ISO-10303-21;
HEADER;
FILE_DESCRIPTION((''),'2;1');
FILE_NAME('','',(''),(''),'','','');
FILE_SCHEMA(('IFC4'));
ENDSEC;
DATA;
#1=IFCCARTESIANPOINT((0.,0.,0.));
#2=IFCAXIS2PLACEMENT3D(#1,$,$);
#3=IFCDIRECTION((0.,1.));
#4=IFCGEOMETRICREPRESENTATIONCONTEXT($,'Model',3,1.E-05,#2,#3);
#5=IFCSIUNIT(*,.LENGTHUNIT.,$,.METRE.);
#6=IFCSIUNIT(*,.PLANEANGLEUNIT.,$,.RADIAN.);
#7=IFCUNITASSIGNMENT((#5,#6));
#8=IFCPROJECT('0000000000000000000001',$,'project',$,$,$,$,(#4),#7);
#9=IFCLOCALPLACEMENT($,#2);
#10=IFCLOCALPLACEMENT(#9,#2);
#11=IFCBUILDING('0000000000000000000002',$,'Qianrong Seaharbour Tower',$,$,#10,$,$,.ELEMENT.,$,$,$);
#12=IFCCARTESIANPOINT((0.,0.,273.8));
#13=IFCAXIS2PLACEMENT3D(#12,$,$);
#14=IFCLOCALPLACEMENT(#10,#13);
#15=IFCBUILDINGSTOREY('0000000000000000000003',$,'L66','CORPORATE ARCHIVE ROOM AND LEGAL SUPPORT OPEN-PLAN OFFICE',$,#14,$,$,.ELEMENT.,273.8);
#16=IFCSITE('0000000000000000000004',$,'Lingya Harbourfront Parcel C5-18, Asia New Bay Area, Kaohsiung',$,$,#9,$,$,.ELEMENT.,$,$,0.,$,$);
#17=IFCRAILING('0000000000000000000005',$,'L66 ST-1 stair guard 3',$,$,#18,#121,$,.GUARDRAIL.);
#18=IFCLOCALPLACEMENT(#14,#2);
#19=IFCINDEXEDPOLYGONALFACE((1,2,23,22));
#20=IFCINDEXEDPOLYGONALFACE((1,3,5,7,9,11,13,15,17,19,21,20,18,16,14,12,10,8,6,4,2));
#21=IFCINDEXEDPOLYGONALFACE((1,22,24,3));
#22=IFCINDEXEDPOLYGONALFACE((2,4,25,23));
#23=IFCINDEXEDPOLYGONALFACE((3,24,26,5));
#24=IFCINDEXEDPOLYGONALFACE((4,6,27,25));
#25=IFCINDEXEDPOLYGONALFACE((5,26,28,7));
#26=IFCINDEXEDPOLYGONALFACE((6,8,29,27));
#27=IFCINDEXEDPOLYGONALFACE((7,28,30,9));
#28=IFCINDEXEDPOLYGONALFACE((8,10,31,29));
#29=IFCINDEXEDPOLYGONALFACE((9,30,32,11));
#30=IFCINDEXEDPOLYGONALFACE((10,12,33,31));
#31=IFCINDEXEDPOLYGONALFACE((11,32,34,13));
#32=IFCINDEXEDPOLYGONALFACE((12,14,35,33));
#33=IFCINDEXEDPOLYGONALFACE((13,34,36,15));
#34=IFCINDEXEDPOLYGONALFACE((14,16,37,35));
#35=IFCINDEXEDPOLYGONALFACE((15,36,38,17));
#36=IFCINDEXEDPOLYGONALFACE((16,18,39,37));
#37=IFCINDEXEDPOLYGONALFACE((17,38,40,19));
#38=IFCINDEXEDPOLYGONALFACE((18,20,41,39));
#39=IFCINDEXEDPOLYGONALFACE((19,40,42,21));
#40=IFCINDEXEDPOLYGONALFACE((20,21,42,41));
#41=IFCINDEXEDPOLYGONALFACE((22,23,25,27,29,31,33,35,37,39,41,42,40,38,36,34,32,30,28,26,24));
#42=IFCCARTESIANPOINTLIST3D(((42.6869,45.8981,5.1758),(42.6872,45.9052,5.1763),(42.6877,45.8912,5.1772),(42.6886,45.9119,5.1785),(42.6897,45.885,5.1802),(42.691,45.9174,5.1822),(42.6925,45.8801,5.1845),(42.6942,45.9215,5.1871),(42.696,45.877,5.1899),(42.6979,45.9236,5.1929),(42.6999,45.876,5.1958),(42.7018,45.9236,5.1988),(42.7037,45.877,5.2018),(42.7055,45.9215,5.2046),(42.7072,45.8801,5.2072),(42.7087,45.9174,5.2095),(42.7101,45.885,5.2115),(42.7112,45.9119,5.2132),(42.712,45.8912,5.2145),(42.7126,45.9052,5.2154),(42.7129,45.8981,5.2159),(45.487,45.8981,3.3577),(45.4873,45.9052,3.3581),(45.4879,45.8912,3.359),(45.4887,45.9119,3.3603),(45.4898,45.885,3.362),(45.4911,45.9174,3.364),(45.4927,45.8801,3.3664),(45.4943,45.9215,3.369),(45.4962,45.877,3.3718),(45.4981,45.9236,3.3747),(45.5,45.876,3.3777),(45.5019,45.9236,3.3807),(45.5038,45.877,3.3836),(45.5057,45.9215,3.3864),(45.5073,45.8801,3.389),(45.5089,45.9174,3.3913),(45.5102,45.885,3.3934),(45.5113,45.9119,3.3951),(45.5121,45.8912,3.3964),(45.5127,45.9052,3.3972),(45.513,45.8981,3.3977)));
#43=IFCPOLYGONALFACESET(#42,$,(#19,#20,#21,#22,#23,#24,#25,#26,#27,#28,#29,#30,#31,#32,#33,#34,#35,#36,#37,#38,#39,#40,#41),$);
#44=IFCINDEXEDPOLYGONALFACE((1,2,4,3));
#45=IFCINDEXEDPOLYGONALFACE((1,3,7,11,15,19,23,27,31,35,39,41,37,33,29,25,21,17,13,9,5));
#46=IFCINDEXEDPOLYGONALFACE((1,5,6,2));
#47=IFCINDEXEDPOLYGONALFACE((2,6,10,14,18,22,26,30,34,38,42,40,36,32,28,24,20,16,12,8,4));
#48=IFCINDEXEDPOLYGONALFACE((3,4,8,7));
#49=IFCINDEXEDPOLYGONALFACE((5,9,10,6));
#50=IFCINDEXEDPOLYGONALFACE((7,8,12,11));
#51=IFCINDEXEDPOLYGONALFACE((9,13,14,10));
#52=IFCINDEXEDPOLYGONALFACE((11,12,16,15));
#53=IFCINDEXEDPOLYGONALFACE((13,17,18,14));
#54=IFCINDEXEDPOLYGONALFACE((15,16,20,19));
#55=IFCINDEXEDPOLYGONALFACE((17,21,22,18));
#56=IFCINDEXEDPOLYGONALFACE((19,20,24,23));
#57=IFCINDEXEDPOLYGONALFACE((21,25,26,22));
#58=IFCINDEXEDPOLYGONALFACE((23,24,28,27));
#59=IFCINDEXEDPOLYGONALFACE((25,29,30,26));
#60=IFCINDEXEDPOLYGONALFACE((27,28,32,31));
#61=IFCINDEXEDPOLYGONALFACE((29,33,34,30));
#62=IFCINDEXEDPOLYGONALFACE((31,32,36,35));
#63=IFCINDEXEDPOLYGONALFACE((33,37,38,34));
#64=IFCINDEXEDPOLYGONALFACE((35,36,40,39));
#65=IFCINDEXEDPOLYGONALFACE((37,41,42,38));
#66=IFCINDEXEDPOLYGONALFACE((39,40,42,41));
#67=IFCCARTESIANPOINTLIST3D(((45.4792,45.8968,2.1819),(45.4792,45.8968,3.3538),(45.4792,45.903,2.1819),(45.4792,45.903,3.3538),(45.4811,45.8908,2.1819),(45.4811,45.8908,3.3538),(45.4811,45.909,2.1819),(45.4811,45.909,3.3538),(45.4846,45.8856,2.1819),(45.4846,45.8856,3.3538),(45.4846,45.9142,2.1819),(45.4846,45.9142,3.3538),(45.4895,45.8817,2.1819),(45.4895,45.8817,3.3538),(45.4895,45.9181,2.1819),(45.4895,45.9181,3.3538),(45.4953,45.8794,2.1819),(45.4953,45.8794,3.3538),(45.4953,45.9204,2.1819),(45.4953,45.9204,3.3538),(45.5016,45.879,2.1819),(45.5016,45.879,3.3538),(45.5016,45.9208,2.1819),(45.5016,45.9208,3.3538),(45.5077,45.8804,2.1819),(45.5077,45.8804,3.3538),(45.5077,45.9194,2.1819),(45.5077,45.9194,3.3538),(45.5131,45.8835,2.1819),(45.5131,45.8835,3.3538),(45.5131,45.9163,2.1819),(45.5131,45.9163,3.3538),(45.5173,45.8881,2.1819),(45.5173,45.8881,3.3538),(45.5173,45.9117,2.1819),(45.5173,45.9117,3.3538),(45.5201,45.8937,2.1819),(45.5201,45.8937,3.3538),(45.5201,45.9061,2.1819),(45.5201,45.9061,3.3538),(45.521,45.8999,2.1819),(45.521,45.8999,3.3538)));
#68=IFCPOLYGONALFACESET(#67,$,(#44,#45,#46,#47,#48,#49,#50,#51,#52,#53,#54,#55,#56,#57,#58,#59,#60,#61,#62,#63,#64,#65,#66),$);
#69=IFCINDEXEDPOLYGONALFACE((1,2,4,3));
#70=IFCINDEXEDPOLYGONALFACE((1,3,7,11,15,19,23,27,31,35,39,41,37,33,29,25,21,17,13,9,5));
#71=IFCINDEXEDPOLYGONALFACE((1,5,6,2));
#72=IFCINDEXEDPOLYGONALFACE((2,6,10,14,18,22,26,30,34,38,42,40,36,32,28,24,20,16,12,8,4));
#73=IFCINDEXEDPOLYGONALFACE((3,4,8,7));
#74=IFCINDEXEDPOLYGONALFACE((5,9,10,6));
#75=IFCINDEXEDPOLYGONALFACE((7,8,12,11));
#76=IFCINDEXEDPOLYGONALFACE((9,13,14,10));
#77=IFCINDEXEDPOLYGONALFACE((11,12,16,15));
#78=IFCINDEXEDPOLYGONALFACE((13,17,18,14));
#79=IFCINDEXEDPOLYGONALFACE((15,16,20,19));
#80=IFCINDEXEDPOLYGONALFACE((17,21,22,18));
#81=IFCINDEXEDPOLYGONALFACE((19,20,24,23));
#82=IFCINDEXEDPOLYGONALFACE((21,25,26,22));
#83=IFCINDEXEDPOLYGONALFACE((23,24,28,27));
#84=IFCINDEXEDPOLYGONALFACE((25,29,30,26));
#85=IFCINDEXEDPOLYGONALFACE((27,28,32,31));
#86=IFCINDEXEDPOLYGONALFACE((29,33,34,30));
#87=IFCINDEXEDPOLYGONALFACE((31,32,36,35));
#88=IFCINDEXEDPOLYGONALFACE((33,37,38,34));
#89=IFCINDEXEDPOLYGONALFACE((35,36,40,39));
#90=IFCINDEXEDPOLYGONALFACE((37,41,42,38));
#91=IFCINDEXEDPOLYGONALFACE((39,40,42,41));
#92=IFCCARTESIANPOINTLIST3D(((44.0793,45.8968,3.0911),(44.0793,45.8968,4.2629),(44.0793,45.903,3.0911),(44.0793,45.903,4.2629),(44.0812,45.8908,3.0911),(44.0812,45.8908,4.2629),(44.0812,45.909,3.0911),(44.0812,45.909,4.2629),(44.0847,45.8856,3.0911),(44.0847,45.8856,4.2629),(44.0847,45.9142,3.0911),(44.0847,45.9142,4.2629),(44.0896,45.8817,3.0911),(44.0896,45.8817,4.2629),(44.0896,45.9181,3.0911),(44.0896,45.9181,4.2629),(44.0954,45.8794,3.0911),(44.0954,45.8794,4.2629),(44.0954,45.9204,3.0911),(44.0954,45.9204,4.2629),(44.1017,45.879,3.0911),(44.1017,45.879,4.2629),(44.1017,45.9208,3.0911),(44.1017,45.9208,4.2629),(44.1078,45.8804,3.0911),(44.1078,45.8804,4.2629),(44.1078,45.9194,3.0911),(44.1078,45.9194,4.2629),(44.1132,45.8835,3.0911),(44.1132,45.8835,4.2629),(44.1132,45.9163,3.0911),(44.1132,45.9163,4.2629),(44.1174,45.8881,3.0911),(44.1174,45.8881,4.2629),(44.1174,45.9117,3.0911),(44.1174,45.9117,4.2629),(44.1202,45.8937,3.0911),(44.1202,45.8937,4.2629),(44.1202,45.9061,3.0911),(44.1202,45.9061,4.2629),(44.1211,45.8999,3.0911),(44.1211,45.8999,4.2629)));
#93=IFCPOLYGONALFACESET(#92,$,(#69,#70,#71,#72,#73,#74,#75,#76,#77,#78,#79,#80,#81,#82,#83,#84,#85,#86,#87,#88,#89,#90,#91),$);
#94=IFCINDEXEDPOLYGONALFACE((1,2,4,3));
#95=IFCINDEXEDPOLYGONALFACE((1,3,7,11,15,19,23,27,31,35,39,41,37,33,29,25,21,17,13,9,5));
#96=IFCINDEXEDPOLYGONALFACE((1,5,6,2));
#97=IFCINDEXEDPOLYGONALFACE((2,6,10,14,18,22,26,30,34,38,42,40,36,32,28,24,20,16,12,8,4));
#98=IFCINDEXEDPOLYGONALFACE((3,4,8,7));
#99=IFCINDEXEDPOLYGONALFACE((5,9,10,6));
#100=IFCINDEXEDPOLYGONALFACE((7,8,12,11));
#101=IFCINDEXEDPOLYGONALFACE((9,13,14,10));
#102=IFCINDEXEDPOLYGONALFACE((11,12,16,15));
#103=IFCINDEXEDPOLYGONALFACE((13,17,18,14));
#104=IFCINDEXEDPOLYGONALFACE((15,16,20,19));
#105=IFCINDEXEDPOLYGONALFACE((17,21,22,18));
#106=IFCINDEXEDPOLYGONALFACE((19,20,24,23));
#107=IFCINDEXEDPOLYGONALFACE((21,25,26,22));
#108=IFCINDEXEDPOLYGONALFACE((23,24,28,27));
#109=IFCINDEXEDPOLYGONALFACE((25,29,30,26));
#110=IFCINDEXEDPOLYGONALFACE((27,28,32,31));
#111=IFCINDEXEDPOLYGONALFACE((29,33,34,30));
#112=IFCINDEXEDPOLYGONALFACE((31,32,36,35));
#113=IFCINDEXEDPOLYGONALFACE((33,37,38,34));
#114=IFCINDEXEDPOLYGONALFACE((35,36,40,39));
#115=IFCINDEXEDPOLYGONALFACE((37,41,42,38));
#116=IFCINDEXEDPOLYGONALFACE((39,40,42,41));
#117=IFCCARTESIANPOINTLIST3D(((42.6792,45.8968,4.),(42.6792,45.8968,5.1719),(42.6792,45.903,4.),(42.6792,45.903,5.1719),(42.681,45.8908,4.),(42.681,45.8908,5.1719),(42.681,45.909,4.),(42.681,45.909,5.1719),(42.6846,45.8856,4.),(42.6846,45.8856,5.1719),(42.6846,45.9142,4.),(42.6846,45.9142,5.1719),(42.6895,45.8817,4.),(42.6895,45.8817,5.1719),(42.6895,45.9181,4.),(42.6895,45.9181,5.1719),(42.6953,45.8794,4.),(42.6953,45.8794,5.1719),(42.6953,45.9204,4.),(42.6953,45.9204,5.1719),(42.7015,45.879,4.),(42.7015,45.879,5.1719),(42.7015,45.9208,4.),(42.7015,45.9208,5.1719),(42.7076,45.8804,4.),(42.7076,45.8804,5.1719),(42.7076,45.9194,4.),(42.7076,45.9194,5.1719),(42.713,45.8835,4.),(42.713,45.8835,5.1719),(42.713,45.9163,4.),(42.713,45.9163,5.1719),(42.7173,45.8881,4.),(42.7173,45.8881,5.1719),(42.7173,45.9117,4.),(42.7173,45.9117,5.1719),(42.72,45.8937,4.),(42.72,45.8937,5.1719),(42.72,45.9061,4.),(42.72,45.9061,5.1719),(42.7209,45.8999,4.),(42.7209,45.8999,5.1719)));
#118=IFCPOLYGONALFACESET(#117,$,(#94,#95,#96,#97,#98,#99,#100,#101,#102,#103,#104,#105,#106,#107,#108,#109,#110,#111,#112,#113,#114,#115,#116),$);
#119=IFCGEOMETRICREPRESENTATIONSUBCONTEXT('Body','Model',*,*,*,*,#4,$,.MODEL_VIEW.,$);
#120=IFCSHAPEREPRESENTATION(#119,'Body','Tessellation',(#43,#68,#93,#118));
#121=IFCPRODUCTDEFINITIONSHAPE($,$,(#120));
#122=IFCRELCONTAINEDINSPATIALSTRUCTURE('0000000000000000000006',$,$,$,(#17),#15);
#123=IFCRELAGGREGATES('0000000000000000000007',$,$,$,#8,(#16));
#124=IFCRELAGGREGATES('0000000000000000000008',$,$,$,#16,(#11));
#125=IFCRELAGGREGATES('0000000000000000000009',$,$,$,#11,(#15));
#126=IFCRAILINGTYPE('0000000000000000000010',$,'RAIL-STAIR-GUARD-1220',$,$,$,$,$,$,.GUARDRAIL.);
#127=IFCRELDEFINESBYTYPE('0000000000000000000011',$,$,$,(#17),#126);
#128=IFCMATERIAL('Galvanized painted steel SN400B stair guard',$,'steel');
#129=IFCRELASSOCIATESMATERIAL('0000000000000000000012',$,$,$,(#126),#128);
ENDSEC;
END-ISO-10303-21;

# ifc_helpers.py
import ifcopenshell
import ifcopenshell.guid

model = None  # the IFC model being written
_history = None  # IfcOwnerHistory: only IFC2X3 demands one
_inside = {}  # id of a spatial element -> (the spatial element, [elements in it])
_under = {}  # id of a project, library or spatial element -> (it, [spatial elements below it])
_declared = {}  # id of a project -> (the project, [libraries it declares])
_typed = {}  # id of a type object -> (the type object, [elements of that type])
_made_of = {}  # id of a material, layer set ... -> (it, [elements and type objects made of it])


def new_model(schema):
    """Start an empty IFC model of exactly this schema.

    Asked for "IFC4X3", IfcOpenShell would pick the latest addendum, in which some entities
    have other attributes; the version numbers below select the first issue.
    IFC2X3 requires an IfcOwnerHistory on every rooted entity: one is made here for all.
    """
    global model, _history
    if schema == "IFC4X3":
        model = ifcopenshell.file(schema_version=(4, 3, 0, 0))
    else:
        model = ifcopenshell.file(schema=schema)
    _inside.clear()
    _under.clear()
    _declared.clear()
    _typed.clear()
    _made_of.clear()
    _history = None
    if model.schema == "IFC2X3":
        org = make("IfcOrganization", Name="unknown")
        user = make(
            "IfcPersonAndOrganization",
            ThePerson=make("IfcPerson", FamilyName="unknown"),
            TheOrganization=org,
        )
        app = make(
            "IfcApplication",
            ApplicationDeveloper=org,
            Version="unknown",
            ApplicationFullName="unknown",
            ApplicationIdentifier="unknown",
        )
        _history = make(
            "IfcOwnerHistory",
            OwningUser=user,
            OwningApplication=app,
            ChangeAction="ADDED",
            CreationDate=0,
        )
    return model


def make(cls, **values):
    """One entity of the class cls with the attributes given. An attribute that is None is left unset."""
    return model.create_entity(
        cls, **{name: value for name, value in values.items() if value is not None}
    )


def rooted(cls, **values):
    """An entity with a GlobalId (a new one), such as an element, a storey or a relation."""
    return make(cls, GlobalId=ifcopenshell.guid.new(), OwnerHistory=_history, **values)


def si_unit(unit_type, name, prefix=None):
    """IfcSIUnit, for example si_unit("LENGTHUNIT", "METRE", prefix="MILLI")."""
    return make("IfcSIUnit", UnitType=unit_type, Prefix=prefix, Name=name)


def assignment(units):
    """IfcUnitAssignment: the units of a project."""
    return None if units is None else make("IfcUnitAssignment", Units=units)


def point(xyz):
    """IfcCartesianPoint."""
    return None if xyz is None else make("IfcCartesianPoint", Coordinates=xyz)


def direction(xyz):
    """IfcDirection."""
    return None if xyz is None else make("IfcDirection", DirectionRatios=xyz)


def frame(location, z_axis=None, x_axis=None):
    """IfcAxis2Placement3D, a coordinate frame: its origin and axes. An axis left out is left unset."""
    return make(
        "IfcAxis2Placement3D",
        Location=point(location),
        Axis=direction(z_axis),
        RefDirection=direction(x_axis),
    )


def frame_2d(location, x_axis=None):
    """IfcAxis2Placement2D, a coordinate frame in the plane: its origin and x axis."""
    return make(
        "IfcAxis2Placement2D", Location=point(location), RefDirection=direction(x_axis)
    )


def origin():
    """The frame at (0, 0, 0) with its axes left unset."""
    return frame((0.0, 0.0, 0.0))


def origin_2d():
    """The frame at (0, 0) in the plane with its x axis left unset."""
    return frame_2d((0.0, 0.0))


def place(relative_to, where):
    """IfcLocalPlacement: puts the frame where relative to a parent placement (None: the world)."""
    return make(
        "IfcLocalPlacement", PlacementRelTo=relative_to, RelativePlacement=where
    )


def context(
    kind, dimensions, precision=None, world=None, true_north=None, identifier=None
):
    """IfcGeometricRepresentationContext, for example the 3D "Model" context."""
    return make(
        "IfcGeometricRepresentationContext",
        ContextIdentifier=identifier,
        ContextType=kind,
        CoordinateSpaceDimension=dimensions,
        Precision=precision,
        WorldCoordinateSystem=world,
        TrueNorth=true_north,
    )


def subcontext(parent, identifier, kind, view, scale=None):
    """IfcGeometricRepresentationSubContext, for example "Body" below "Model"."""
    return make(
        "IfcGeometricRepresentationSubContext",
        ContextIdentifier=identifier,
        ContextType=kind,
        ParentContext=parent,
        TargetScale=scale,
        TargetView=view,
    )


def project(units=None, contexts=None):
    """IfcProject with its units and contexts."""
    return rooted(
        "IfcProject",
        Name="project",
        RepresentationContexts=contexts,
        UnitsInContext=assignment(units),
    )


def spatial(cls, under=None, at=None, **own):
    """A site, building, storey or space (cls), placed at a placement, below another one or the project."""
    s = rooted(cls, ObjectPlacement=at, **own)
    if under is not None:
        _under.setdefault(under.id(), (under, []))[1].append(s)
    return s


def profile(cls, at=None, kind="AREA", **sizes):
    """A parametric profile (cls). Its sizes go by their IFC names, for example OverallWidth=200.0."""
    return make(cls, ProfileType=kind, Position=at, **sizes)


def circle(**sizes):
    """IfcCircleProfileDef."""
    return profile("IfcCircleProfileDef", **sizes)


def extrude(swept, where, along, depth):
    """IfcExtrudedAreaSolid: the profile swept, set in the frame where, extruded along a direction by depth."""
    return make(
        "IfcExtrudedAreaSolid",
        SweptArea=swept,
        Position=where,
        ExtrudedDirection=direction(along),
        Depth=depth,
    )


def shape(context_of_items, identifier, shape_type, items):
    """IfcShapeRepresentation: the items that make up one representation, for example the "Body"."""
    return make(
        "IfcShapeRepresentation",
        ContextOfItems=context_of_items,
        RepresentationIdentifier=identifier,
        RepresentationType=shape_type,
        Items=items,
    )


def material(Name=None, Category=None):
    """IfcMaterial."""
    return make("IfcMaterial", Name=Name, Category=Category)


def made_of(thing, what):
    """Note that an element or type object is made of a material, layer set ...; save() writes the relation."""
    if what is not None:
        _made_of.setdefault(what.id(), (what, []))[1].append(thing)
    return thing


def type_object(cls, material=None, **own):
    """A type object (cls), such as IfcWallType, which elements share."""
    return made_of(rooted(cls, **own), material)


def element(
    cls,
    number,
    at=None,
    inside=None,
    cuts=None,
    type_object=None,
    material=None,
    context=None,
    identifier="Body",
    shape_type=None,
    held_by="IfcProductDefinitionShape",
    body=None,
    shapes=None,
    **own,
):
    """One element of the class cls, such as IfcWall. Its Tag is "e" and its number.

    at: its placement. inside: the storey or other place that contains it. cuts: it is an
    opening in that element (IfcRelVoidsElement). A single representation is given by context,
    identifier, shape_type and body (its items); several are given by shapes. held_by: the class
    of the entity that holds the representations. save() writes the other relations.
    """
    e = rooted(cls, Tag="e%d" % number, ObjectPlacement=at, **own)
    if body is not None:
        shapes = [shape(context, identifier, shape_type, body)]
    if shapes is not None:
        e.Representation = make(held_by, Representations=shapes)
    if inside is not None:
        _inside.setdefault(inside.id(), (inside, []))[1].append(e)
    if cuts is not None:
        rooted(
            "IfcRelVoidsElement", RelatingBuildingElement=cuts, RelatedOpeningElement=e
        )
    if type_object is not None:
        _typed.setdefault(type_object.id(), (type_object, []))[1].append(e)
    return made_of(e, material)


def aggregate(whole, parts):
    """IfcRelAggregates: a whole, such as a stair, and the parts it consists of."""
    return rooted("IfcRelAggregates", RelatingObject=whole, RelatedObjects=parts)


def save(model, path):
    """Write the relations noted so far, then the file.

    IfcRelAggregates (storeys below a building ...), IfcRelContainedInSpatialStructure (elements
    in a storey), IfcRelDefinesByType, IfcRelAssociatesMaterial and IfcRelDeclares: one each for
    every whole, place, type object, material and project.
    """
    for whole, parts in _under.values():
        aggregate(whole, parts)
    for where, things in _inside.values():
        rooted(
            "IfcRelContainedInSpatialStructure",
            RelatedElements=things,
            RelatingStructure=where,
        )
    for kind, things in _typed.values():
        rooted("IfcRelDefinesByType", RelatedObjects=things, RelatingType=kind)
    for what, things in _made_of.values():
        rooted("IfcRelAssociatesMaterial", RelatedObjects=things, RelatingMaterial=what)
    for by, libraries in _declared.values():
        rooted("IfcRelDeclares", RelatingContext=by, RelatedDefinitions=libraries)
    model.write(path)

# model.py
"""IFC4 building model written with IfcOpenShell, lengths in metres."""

from ifc_helpers import new_model, si_unit, direction, frame, origin, origin_2d, place, context, subcontext, project, spatial, circle, extrude, material, type_object, element, save


model = new_model("IFC4")

# Units and contexts
model_context = context("Model", 3, precision=1e-05, world=origin(), true_north=direction((0.0, 1.0)))
body_context = subcontext(model_context, "Body", "Model", "MODEL_VIEW")
ifc_project = project(units=[si_unit("LENGTHUNIT", "METRE"), si_unit("PLANEANGLEUNIT", "RADIAN")], contexts=[model_context])

# Site, building, storey
site_placement = place(None, origin())
site = spatial("IfcSite", under=ifc_project, at=site_placement, Name="Lingya Harbourfront Parcel C5-18, Asia New Bay Area, Kaohsiung", CompositionType="ELEMENT", RefElevation=0.0)
building_placement = place(site_placement, origin())
building = spatial("IfcBuilding", under=site, at=building_placement, Name="Qianrong Seaharbour Tower", CompositionType="ELEMENT")
storey_placement = place(building_placement, frame((0.0, 0.0, 273.8)))
storey = spatial("IfcBuildingStorey", under=building, at=storey_placement, Name="L66", Description="CORPORATE ARCHIVE ROOM AND LEGAL SUPPORT OPEN-PLAN OFFICE", CompositionType="ELEMENT", Elevation=273.8)

# Railing
ifc_material_1 = material(Name="Galvanized painted steel SN400B stair guard", Category="steel")
railing_type_1 = type_object("IfcRailingType", Name="RAIL-STAIR-GUARD-1220", PredefinedType="GUARDRAIL", material=ifc_material_1)
railing_1_placement = place(storey_placement, frame((45.5, 45.8999, 2.1819)))
element("IfcRailing", 1, at=railing_1_placement, inside=storey, type_object=railing_type_1, Name="L66 ST-1 stair guard 3", PredefinedType="GUARDRAIL", context=body_context, shape_type="SweptSolid", body=[
    extrude(circle(Radius=0.0239, at=origin_2d()), frame((0.0, 0.0, 1.1958), z_axis=(-0.838706, 0.0, 0.544585), x_axis=(0.0, -1.0, 0.0)), (0.0, 0.0, 1.0), 3.3386),
    extrude(circle(Radius=0.021, at=origin_2d()), origin(), (0.0, 0.0, 1.0), 1.1719),
    extrude(circle(Radius=0.021, at=origin_2d()), frame((-1.3999, 0.0, 0.9092)), (0.0, 0.0, 1.0), 1.1719),
    extrude(circle(Radius=0.021, at=origin_2d()), frame((-2.8, 0.0, 1.8181)), (0.0, 0.0, 1.0), 1.1719),
])

save(model, "model.ifc")
